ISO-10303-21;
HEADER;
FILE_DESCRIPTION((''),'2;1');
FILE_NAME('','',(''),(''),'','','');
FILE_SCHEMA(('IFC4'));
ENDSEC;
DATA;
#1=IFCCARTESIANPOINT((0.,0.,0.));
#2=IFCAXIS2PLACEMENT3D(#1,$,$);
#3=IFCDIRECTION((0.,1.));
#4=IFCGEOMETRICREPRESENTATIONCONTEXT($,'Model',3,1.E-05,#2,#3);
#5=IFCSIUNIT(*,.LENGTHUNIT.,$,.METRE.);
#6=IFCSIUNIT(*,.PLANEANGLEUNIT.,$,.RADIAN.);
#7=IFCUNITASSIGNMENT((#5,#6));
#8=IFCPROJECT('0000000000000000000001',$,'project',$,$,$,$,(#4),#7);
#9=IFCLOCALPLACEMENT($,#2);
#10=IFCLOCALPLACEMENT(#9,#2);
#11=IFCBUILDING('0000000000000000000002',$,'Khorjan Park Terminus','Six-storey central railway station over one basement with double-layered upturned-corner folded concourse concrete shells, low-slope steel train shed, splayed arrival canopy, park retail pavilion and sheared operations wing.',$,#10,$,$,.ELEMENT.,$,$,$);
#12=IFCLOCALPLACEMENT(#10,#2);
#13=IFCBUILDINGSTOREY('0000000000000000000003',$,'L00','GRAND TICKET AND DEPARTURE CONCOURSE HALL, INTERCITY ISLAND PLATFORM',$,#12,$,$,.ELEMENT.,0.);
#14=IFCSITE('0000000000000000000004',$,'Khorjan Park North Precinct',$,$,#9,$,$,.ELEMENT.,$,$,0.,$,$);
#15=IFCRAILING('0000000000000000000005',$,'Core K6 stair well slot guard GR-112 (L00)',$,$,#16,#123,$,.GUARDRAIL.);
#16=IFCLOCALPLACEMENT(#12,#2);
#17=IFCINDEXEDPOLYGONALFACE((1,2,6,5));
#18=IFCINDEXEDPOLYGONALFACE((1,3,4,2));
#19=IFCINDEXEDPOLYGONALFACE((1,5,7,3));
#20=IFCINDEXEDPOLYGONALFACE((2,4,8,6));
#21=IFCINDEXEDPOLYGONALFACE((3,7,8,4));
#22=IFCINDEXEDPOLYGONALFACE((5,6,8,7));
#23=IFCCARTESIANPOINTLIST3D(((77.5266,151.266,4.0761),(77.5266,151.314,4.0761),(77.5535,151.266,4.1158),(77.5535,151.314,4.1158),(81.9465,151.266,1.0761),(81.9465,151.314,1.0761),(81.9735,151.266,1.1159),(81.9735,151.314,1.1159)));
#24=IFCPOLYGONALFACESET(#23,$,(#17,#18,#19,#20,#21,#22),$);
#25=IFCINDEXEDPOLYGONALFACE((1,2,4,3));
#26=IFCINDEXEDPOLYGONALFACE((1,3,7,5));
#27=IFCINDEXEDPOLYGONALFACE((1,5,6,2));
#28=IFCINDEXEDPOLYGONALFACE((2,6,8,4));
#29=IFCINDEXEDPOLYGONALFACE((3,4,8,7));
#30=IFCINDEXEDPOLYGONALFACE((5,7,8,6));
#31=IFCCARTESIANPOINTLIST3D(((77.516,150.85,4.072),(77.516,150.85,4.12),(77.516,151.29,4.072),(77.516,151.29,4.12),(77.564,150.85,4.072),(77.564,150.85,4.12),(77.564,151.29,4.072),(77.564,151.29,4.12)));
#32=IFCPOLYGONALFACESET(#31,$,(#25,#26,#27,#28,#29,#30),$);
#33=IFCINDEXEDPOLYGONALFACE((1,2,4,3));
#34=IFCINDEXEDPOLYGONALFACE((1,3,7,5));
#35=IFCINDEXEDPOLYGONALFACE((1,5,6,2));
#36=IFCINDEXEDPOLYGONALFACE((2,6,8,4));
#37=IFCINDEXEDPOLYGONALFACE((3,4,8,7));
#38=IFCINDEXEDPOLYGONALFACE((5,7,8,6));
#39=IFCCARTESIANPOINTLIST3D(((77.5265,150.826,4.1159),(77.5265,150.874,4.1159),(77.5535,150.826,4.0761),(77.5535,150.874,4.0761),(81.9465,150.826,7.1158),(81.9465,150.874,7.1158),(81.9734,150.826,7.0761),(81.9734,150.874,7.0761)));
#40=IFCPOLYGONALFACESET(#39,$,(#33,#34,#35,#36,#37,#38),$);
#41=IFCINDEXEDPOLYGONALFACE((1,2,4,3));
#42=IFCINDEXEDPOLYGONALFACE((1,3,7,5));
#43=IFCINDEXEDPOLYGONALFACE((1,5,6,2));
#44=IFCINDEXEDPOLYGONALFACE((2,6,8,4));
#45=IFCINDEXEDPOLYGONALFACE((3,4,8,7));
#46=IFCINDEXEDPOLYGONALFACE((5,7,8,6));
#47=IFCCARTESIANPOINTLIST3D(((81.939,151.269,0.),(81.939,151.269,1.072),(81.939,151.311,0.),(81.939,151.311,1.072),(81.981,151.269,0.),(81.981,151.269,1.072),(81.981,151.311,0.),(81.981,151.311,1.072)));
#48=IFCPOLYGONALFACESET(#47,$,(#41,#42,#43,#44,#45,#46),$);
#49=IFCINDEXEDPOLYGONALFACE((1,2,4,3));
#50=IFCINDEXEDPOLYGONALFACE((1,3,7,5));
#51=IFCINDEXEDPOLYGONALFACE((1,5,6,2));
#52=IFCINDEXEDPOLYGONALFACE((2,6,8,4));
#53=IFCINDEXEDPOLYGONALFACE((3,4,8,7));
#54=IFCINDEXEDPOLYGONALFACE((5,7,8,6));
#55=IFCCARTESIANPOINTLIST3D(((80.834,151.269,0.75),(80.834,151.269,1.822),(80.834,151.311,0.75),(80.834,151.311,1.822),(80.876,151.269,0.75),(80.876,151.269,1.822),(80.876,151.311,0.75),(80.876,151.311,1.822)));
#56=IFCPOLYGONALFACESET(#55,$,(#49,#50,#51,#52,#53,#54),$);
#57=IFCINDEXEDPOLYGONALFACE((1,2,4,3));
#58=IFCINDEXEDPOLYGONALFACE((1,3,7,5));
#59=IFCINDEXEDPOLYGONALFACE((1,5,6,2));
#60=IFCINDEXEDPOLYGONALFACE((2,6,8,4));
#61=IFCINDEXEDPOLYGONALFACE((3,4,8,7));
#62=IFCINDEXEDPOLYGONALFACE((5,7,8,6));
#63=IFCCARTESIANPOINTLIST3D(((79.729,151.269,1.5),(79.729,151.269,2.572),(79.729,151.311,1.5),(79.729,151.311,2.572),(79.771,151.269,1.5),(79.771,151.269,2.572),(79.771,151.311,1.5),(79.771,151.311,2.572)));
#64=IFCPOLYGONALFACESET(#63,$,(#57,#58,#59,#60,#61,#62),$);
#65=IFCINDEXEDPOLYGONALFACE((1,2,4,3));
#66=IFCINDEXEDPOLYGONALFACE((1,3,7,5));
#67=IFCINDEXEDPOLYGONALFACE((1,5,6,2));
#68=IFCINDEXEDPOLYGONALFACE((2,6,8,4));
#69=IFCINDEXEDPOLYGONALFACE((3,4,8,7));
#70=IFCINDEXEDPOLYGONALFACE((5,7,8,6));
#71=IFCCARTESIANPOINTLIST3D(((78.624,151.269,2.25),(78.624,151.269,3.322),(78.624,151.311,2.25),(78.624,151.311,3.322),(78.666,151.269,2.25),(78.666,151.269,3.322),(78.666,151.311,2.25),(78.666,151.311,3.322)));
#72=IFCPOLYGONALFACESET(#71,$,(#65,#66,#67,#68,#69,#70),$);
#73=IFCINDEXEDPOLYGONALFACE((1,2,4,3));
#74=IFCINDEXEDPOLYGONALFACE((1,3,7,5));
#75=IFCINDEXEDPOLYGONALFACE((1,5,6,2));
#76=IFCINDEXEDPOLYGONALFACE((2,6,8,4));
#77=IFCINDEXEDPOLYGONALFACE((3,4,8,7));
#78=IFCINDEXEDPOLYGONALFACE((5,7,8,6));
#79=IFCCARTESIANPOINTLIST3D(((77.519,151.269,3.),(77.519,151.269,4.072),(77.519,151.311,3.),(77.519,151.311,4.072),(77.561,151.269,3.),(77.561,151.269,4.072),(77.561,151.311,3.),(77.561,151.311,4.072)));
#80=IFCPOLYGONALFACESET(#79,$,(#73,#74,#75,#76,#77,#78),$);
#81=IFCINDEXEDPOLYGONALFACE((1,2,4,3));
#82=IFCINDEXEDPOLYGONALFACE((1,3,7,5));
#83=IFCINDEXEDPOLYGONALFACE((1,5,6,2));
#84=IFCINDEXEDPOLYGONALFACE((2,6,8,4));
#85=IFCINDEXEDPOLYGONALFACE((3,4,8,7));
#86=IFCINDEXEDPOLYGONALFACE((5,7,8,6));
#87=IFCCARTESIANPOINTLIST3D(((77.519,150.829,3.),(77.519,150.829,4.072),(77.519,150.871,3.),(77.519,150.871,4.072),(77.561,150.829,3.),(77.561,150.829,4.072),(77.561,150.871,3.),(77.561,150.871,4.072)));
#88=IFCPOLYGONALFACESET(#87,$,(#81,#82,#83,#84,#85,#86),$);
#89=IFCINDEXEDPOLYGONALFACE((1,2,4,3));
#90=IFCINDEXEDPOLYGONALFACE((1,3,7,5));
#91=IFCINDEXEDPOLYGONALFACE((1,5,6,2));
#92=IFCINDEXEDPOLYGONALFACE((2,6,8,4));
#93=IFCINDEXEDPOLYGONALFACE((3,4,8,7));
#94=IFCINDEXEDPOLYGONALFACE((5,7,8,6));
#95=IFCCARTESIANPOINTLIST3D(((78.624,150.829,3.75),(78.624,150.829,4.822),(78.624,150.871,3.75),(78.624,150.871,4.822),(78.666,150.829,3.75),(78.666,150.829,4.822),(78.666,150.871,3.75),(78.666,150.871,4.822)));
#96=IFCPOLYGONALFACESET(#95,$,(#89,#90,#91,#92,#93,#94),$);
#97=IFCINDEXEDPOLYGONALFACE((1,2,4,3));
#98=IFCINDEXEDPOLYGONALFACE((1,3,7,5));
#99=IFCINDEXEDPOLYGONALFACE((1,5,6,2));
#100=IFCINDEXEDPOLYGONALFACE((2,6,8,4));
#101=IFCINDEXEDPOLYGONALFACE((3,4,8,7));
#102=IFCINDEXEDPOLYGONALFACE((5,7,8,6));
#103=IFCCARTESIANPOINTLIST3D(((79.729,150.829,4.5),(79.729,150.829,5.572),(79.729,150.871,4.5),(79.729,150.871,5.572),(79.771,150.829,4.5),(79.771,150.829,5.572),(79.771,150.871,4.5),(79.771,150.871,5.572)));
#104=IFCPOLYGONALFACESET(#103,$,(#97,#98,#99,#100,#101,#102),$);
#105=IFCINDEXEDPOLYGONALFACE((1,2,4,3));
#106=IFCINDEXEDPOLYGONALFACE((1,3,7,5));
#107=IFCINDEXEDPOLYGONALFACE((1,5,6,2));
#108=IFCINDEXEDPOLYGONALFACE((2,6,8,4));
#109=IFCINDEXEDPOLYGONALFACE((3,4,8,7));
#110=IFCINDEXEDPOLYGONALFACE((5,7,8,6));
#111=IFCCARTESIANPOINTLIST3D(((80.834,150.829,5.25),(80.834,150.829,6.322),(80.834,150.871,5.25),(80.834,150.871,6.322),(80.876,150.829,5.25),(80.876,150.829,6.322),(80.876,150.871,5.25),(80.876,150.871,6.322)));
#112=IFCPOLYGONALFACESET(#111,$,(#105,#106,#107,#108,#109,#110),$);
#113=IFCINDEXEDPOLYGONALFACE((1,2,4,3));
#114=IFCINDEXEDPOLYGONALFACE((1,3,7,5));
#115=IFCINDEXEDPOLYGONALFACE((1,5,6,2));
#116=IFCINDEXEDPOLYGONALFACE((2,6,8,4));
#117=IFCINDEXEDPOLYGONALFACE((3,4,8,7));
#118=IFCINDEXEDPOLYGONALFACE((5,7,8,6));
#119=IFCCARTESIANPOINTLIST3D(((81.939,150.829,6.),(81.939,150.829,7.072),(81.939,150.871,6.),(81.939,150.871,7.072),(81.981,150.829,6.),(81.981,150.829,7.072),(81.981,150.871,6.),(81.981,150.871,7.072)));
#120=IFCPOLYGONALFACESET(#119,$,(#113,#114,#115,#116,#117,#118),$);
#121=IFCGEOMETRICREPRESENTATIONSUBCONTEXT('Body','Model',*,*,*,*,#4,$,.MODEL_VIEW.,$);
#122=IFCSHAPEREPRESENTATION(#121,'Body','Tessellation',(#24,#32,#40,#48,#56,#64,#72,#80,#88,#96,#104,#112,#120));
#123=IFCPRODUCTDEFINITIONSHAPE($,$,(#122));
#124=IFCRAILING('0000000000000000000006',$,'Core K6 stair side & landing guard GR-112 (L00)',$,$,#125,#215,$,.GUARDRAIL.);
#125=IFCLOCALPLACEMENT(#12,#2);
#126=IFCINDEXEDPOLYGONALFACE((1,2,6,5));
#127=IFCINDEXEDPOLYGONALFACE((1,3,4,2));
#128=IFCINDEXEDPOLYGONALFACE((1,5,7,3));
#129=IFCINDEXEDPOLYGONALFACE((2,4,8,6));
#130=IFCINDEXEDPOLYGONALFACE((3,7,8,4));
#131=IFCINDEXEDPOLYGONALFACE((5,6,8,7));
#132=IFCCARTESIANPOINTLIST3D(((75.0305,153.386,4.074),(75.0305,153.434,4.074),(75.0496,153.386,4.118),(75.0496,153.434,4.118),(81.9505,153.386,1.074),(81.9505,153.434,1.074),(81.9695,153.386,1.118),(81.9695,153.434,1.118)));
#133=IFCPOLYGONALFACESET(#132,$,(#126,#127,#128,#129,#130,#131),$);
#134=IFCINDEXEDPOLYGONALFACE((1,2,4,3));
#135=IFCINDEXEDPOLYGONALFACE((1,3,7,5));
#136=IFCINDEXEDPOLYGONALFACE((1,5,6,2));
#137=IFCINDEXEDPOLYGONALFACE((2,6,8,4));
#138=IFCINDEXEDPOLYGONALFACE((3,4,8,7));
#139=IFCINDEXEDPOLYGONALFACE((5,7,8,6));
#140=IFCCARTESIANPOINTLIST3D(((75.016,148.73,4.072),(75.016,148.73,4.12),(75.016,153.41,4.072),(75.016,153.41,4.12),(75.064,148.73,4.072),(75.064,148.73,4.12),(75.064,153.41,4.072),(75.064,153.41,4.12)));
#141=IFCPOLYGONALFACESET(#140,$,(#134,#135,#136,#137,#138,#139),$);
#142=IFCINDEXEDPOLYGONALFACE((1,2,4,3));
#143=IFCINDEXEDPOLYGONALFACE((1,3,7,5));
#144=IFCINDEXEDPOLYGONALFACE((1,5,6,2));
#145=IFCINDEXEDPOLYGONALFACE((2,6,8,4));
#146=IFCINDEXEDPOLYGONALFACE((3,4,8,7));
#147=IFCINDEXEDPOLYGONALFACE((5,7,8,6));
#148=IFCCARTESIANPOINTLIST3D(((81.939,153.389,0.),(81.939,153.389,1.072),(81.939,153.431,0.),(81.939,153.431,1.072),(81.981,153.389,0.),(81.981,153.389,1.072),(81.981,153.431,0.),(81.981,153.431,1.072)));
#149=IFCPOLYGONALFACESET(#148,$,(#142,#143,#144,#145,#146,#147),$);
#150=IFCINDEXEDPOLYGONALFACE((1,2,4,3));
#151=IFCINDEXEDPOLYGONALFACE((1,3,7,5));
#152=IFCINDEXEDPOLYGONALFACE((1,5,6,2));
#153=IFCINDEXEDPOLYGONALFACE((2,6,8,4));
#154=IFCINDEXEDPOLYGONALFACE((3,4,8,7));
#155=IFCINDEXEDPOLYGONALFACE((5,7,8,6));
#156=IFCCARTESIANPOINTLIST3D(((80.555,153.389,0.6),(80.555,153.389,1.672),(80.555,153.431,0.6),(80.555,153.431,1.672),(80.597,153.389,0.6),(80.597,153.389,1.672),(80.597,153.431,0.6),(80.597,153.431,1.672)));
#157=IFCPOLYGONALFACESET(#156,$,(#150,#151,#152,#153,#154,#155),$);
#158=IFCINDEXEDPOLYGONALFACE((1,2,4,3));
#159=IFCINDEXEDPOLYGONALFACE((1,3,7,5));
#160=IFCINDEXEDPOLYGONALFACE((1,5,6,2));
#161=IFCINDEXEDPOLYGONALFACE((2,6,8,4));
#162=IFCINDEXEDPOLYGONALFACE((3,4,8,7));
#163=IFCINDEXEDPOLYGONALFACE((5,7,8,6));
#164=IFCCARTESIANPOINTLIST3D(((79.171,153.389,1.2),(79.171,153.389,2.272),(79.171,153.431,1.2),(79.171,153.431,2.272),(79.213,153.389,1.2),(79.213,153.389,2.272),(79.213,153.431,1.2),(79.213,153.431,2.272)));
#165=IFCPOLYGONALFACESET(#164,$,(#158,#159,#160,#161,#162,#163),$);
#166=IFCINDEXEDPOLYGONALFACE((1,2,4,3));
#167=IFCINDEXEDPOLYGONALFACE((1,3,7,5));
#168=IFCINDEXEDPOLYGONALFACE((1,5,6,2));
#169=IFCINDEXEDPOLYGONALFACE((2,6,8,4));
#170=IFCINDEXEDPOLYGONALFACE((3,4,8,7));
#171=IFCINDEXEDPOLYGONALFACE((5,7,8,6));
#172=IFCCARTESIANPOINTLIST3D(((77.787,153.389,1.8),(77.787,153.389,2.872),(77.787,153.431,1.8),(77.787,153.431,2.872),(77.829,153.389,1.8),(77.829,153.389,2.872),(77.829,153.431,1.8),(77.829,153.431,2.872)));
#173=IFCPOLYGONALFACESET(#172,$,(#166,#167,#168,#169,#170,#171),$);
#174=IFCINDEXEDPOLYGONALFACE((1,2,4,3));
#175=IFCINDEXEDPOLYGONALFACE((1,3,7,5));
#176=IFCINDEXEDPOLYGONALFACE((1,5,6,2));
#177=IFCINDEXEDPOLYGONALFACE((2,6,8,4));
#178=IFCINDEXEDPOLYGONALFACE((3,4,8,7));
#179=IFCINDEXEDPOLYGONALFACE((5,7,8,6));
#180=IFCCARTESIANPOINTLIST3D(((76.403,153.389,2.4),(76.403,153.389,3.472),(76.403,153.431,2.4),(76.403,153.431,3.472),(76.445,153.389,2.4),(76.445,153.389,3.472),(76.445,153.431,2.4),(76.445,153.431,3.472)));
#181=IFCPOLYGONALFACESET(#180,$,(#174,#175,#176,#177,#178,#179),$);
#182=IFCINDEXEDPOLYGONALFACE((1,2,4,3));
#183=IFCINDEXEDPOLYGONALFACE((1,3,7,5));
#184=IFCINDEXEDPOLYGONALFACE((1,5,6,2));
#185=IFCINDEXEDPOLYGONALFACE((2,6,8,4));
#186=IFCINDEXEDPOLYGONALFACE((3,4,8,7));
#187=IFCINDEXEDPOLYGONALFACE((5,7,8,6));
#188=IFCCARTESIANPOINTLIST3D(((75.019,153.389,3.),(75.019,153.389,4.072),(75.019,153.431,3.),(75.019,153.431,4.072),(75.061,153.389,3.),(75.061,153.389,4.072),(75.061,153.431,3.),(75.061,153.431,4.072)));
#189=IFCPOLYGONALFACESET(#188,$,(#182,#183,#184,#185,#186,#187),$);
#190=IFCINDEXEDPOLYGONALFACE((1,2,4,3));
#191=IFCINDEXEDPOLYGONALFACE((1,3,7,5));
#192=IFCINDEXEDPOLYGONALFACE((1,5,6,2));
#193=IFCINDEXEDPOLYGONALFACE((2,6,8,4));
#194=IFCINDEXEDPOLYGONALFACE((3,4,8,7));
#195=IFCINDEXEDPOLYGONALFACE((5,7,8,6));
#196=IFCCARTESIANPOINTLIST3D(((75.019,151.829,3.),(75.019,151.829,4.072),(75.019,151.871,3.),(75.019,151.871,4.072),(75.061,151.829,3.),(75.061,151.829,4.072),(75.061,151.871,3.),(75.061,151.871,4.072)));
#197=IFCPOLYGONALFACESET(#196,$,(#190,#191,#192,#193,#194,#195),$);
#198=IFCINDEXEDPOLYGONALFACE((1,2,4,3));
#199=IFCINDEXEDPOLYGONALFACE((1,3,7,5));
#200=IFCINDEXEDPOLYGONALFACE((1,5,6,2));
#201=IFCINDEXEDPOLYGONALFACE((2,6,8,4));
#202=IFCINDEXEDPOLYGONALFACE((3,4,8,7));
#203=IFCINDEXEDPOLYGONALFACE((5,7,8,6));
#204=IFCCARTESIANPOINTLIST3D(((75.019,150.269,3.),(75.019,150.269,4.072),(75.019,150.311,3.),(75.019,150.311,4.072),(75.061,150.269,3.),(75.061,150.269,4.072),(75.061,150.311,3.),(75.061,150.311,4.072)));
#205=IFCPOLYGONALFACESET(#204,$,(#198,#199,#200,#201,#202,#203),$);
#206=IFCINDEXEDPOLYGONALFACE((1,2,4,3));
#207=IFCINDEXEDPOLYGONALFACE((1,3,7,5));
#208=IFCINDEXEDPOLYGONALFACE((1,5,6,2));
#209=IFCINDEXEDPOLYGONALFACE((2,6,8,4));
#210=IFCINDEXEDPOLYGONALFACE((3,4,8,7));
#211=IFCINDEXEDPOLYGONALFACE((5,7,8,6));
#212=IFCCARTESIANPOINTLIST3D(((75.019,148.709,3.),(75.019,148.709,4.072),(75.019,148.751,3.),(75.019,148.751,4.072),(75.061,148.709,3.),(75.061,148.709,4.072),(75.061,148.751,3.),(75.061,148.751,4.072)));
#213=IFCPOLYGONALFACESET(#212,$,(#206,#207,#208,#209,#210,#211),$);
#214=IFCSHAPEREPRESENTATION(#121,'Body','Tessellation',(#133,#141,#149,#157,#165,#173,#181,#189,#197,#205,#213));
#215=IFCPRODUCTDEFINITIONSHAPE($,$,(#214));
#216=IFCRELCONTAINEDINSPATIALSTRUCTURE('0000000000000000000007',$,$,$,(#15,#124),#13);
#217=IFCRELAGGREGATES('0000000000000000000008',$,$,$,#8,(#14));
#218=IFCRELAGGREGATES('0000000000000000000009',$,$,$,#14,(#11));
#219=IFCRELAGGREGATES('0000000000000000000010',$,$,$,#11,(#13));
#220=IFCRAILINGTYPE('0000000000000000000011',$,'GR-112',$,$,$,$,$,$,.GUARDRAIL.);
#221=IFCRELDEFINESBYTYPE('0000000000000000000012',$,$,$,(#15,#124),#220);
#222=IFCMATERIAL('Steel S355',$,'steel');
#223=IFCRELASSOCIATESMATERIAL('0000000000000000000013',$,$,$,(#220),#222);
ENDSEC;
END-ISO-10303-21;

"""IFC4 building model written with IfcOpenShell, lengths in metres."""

from ifc_helpers import new_model, si_unit, direction, frame, origin, origin_2d, place, context, subcontext, project, spatial, rectangle, extrude, material, type_object, element, save


model = new_model("IFC4")

# Units and contexts
model_context = context("Model", 3, precision=1e-05, world=origin(), true_north=direction((0.0, 1.0)))
body_context = subcontext(model_context, "Body", "Model", "MODEL_VIEW")
ifc_project = project(units=[si_unit("LENGTHUNIT", "METRE"), si_unit("PLANEANGLEUNIT", "RADIAN")], contexts=[model_context])

# Site, building, storey
site_placement = place(None, origin())
site = spatial("IfcSite", under=ifc_project, at=site_placement, Name="Khorjan Park North Precinct", CompositionType="ELEMENT", RefElevation=0.0)
building_placement = place(site_placement, origin())
building = spatial("IfcBuilding", under=site, at=building_placement, Name="Khorjan Park Terminus", Description="Six-storey central railway station over one basement with double-layered upturned-corner folded concourse concrete shells, low-slope steel train shed, splayed arrival canopy, park retail pavilion and sheared operations wing.", CompositionType="ELEMENT")
storey_placement = place(building_placement, origin())
storey = spatial("IfcBuildingStorey", under=building, at=storey_placement, Name="L00", Description="GRAND TICKET AND DEPARTURE CONCOURSE HALL, INTERCITY ISLAND PLATFORM", CompositionType="ELEMENT", Elevation=0.0)

# Shared definitions
ifc_material_1 = material(Name="Steel S355", Category="steel")

# Railings
railing_type_1 = type_object("IfcRailingType", Name="GR-112", PredefinedType="GUARDRAIL", material=ifc_material_1)
railing_1_placement = place(storey_placement, frame((81.96, 151.29, 0.0)))
element("IfcRailing", 1, at=railing_1_placement, inside=storey, type_object=railing_type_1, Name="Core K6 stair well slot guard GR-112 (L00)", PredefinedType="GUARDRAIL", context=body_context, shape_type="SweptSolid", body=[
    extrude(rectangle(XDim=0.048, YDim=0.048, at=origin_2d()), frame((0.0, 0.0, 1.096), z_axis=(-0.827414, 0.0, 0.561593), x_axis=(0.0, -1.0, 0.0)), (0.0, 0.0, 1.0), 5.3419),
    extrude(rectangle(XDim=0.048, YDim=0.048, at=origin_2d()), frame((-4.42, 0.0, 4.096), z_axis=(0.0, -1.0, 0.0), x_axis=(1.0, 0.0, 0.0)), (0.0, 0.0, 1.0), 0.44),
    extrude(rectangle(XDim=0.048, YDim=0.048, at=origin_2d()), frame((-4.42, -0.44, 4.096), z_axis=(0.827414, 0.0, 0.561593), x_axis=(0.0, 1.0, 0.0)), (0.0, 0.0, 1.0), 5.3419),
    extrude(rectangle(XDim=0.042, YDim=0.042, at=origin_2d()), origin(), (0.0, 0.0, 1.0), 1.072),
    extrude(rectangle(XDim=0.042, YDim=0.042, at=origin_2d()), frame((-1.105, 0.0, 0.75)), (0.0, 0.0, 1.0), 1.072),
    extrude(rectangle(XDim=0.042, YDim=0.042, at=origin_2d()), frame((-2.21, 0.0, 1.5)), (0.0, 0.0, 1.0), 1.072),
    extrude(rectangle(XDim=0.042, YDim=0.042, at=origin_2d()), frame((-3.315, 0.0, 2.25)), (0.0, 0.0, 1.0), 1.072),
    extrude(rectangle(XDim=0.042, YDim=0.042, at=origin_2d()), frame((-4.42, 0.0, 3.0)), (0.0, 0.0, 1.0), 1.072),
    extrude(rectangle(XDim=0.042, YDim=0.042, at=origin_2d()), frame((-4.42, -0.44, 3.0)), (0.0, 0.0, 1.0), 1.072),
    extrude(rectangle(XDim=0.042, YDim=0.042, at=origin_2d()), frame((-3.315, -0.44, 3.75)), (0.0, 0.0, 1.0), 1.072),
    extrude(rectangle(XDim=0.042, YDim=0.042, at=origin_2d()), frame((-2.21, -0.44, 4.5)), (0.0, 0.0, 1.0), 1.072),
    extrude(rectangle(XDim=0.042, YDim=0.042, at=origin_2d()), frame((-1.105, -0.44, 5.25)), (0.0, 0.0, 1.0), 1.072),
    extrude(rectangle(XDim=0.042, YDim=0.042, at=origin_2d()), frame((0.0, -0.44, 6.0)), (0.0, 0.0, 1.0), 1.072),
])
railing_2_placement = place(storey_placement, frame((81.96, 153.41, 0.0)))
element("IfcRailing", 2, at=railing_2_placement, inside=storey, type_object=railing_type_1, Name="Core K6 stair side & landing guard GR-112 (L00)", PredefinedType="GUARDRAIL", context=body_context, shape_type="SweptSolid", body=[
    extrude(rectangle(XDim=0.048, YDim=0.048, at=origin_2d()), frame((0.0, 0.0, 1.096), z_axis=(-0.917491, 0.0, 0.397756), x_axis=(0.0, -1.0, 0.0)), (0.0, 0.0, 1.0), 7.5423),
    extrude(rectangle(XDim=0.048, YDim=0.048, at=origin_2d()), frame((-6.92, 0.0, 4.096), z_axis=(0.0, -1.0, 0.0), x_axis=(1.0, 0.0, 0.0)), (0.0, 0.0, 1.0), 4.68),
    extrude(rectangle(XDim=0.042, YDim=0.042, at=origin_2d()), origin(), (0.0, 0.0, 1.0), 1.072),
    extrude(rectangle(XDim=0.042, YDim=0.042, at=origin_2d()), frame((-1.384, 0.0, 0.6)), (0.0, 0.0, 1.0), 1.072),
    extrude(rectangle(XDim=0.042, YDim=0.042, at=origin_2d()), frame((-2.768, 0.0, 1.2)), (0.0, 0.0, 1.0), 1.072),
    extrude(rectangle(XDim=0.042, YDim=0.042, at=origin_2d()), frame((-4.152, 0.0, 1.8)), (0.0, 0.0, 1.0), 1.072),
    extrude(rectangle(XDim=0.042, YDim=0.042, at=origin_2d()), frame((-5.536, 0.0, 2.4)), (0.0, 0.0, 1.0), 1.072),
    extrude(rectangle(XDim=0.042, YDim=0.042, at=origin_2d()), frame((-6.92, 0.0, 3.0)), (0.0, 0.0, 1.0), 1.072),
    extrude(rectangle(XDim=0.042, YDim=0.042, at=origin_2d()), frame((-6.92, -1.56, 3.0)), (0.0, 0.0, 1.0), 1.072),
    extrude(rectangle(XDim=0.042, YDim=0.042, at=origin_2d()), frame((-6.92, -3.12, 3.0)), (0.0, 0.0, 1.0), 1.072),
    extrude(rectangle(XDim=0.042, YDim=0.042, at=origin_2d()), frame((-6.92, -4.68, 3.0)), (0.0, 0.0, 1.0), 1.072),
])

save(model, "model.ifc")
